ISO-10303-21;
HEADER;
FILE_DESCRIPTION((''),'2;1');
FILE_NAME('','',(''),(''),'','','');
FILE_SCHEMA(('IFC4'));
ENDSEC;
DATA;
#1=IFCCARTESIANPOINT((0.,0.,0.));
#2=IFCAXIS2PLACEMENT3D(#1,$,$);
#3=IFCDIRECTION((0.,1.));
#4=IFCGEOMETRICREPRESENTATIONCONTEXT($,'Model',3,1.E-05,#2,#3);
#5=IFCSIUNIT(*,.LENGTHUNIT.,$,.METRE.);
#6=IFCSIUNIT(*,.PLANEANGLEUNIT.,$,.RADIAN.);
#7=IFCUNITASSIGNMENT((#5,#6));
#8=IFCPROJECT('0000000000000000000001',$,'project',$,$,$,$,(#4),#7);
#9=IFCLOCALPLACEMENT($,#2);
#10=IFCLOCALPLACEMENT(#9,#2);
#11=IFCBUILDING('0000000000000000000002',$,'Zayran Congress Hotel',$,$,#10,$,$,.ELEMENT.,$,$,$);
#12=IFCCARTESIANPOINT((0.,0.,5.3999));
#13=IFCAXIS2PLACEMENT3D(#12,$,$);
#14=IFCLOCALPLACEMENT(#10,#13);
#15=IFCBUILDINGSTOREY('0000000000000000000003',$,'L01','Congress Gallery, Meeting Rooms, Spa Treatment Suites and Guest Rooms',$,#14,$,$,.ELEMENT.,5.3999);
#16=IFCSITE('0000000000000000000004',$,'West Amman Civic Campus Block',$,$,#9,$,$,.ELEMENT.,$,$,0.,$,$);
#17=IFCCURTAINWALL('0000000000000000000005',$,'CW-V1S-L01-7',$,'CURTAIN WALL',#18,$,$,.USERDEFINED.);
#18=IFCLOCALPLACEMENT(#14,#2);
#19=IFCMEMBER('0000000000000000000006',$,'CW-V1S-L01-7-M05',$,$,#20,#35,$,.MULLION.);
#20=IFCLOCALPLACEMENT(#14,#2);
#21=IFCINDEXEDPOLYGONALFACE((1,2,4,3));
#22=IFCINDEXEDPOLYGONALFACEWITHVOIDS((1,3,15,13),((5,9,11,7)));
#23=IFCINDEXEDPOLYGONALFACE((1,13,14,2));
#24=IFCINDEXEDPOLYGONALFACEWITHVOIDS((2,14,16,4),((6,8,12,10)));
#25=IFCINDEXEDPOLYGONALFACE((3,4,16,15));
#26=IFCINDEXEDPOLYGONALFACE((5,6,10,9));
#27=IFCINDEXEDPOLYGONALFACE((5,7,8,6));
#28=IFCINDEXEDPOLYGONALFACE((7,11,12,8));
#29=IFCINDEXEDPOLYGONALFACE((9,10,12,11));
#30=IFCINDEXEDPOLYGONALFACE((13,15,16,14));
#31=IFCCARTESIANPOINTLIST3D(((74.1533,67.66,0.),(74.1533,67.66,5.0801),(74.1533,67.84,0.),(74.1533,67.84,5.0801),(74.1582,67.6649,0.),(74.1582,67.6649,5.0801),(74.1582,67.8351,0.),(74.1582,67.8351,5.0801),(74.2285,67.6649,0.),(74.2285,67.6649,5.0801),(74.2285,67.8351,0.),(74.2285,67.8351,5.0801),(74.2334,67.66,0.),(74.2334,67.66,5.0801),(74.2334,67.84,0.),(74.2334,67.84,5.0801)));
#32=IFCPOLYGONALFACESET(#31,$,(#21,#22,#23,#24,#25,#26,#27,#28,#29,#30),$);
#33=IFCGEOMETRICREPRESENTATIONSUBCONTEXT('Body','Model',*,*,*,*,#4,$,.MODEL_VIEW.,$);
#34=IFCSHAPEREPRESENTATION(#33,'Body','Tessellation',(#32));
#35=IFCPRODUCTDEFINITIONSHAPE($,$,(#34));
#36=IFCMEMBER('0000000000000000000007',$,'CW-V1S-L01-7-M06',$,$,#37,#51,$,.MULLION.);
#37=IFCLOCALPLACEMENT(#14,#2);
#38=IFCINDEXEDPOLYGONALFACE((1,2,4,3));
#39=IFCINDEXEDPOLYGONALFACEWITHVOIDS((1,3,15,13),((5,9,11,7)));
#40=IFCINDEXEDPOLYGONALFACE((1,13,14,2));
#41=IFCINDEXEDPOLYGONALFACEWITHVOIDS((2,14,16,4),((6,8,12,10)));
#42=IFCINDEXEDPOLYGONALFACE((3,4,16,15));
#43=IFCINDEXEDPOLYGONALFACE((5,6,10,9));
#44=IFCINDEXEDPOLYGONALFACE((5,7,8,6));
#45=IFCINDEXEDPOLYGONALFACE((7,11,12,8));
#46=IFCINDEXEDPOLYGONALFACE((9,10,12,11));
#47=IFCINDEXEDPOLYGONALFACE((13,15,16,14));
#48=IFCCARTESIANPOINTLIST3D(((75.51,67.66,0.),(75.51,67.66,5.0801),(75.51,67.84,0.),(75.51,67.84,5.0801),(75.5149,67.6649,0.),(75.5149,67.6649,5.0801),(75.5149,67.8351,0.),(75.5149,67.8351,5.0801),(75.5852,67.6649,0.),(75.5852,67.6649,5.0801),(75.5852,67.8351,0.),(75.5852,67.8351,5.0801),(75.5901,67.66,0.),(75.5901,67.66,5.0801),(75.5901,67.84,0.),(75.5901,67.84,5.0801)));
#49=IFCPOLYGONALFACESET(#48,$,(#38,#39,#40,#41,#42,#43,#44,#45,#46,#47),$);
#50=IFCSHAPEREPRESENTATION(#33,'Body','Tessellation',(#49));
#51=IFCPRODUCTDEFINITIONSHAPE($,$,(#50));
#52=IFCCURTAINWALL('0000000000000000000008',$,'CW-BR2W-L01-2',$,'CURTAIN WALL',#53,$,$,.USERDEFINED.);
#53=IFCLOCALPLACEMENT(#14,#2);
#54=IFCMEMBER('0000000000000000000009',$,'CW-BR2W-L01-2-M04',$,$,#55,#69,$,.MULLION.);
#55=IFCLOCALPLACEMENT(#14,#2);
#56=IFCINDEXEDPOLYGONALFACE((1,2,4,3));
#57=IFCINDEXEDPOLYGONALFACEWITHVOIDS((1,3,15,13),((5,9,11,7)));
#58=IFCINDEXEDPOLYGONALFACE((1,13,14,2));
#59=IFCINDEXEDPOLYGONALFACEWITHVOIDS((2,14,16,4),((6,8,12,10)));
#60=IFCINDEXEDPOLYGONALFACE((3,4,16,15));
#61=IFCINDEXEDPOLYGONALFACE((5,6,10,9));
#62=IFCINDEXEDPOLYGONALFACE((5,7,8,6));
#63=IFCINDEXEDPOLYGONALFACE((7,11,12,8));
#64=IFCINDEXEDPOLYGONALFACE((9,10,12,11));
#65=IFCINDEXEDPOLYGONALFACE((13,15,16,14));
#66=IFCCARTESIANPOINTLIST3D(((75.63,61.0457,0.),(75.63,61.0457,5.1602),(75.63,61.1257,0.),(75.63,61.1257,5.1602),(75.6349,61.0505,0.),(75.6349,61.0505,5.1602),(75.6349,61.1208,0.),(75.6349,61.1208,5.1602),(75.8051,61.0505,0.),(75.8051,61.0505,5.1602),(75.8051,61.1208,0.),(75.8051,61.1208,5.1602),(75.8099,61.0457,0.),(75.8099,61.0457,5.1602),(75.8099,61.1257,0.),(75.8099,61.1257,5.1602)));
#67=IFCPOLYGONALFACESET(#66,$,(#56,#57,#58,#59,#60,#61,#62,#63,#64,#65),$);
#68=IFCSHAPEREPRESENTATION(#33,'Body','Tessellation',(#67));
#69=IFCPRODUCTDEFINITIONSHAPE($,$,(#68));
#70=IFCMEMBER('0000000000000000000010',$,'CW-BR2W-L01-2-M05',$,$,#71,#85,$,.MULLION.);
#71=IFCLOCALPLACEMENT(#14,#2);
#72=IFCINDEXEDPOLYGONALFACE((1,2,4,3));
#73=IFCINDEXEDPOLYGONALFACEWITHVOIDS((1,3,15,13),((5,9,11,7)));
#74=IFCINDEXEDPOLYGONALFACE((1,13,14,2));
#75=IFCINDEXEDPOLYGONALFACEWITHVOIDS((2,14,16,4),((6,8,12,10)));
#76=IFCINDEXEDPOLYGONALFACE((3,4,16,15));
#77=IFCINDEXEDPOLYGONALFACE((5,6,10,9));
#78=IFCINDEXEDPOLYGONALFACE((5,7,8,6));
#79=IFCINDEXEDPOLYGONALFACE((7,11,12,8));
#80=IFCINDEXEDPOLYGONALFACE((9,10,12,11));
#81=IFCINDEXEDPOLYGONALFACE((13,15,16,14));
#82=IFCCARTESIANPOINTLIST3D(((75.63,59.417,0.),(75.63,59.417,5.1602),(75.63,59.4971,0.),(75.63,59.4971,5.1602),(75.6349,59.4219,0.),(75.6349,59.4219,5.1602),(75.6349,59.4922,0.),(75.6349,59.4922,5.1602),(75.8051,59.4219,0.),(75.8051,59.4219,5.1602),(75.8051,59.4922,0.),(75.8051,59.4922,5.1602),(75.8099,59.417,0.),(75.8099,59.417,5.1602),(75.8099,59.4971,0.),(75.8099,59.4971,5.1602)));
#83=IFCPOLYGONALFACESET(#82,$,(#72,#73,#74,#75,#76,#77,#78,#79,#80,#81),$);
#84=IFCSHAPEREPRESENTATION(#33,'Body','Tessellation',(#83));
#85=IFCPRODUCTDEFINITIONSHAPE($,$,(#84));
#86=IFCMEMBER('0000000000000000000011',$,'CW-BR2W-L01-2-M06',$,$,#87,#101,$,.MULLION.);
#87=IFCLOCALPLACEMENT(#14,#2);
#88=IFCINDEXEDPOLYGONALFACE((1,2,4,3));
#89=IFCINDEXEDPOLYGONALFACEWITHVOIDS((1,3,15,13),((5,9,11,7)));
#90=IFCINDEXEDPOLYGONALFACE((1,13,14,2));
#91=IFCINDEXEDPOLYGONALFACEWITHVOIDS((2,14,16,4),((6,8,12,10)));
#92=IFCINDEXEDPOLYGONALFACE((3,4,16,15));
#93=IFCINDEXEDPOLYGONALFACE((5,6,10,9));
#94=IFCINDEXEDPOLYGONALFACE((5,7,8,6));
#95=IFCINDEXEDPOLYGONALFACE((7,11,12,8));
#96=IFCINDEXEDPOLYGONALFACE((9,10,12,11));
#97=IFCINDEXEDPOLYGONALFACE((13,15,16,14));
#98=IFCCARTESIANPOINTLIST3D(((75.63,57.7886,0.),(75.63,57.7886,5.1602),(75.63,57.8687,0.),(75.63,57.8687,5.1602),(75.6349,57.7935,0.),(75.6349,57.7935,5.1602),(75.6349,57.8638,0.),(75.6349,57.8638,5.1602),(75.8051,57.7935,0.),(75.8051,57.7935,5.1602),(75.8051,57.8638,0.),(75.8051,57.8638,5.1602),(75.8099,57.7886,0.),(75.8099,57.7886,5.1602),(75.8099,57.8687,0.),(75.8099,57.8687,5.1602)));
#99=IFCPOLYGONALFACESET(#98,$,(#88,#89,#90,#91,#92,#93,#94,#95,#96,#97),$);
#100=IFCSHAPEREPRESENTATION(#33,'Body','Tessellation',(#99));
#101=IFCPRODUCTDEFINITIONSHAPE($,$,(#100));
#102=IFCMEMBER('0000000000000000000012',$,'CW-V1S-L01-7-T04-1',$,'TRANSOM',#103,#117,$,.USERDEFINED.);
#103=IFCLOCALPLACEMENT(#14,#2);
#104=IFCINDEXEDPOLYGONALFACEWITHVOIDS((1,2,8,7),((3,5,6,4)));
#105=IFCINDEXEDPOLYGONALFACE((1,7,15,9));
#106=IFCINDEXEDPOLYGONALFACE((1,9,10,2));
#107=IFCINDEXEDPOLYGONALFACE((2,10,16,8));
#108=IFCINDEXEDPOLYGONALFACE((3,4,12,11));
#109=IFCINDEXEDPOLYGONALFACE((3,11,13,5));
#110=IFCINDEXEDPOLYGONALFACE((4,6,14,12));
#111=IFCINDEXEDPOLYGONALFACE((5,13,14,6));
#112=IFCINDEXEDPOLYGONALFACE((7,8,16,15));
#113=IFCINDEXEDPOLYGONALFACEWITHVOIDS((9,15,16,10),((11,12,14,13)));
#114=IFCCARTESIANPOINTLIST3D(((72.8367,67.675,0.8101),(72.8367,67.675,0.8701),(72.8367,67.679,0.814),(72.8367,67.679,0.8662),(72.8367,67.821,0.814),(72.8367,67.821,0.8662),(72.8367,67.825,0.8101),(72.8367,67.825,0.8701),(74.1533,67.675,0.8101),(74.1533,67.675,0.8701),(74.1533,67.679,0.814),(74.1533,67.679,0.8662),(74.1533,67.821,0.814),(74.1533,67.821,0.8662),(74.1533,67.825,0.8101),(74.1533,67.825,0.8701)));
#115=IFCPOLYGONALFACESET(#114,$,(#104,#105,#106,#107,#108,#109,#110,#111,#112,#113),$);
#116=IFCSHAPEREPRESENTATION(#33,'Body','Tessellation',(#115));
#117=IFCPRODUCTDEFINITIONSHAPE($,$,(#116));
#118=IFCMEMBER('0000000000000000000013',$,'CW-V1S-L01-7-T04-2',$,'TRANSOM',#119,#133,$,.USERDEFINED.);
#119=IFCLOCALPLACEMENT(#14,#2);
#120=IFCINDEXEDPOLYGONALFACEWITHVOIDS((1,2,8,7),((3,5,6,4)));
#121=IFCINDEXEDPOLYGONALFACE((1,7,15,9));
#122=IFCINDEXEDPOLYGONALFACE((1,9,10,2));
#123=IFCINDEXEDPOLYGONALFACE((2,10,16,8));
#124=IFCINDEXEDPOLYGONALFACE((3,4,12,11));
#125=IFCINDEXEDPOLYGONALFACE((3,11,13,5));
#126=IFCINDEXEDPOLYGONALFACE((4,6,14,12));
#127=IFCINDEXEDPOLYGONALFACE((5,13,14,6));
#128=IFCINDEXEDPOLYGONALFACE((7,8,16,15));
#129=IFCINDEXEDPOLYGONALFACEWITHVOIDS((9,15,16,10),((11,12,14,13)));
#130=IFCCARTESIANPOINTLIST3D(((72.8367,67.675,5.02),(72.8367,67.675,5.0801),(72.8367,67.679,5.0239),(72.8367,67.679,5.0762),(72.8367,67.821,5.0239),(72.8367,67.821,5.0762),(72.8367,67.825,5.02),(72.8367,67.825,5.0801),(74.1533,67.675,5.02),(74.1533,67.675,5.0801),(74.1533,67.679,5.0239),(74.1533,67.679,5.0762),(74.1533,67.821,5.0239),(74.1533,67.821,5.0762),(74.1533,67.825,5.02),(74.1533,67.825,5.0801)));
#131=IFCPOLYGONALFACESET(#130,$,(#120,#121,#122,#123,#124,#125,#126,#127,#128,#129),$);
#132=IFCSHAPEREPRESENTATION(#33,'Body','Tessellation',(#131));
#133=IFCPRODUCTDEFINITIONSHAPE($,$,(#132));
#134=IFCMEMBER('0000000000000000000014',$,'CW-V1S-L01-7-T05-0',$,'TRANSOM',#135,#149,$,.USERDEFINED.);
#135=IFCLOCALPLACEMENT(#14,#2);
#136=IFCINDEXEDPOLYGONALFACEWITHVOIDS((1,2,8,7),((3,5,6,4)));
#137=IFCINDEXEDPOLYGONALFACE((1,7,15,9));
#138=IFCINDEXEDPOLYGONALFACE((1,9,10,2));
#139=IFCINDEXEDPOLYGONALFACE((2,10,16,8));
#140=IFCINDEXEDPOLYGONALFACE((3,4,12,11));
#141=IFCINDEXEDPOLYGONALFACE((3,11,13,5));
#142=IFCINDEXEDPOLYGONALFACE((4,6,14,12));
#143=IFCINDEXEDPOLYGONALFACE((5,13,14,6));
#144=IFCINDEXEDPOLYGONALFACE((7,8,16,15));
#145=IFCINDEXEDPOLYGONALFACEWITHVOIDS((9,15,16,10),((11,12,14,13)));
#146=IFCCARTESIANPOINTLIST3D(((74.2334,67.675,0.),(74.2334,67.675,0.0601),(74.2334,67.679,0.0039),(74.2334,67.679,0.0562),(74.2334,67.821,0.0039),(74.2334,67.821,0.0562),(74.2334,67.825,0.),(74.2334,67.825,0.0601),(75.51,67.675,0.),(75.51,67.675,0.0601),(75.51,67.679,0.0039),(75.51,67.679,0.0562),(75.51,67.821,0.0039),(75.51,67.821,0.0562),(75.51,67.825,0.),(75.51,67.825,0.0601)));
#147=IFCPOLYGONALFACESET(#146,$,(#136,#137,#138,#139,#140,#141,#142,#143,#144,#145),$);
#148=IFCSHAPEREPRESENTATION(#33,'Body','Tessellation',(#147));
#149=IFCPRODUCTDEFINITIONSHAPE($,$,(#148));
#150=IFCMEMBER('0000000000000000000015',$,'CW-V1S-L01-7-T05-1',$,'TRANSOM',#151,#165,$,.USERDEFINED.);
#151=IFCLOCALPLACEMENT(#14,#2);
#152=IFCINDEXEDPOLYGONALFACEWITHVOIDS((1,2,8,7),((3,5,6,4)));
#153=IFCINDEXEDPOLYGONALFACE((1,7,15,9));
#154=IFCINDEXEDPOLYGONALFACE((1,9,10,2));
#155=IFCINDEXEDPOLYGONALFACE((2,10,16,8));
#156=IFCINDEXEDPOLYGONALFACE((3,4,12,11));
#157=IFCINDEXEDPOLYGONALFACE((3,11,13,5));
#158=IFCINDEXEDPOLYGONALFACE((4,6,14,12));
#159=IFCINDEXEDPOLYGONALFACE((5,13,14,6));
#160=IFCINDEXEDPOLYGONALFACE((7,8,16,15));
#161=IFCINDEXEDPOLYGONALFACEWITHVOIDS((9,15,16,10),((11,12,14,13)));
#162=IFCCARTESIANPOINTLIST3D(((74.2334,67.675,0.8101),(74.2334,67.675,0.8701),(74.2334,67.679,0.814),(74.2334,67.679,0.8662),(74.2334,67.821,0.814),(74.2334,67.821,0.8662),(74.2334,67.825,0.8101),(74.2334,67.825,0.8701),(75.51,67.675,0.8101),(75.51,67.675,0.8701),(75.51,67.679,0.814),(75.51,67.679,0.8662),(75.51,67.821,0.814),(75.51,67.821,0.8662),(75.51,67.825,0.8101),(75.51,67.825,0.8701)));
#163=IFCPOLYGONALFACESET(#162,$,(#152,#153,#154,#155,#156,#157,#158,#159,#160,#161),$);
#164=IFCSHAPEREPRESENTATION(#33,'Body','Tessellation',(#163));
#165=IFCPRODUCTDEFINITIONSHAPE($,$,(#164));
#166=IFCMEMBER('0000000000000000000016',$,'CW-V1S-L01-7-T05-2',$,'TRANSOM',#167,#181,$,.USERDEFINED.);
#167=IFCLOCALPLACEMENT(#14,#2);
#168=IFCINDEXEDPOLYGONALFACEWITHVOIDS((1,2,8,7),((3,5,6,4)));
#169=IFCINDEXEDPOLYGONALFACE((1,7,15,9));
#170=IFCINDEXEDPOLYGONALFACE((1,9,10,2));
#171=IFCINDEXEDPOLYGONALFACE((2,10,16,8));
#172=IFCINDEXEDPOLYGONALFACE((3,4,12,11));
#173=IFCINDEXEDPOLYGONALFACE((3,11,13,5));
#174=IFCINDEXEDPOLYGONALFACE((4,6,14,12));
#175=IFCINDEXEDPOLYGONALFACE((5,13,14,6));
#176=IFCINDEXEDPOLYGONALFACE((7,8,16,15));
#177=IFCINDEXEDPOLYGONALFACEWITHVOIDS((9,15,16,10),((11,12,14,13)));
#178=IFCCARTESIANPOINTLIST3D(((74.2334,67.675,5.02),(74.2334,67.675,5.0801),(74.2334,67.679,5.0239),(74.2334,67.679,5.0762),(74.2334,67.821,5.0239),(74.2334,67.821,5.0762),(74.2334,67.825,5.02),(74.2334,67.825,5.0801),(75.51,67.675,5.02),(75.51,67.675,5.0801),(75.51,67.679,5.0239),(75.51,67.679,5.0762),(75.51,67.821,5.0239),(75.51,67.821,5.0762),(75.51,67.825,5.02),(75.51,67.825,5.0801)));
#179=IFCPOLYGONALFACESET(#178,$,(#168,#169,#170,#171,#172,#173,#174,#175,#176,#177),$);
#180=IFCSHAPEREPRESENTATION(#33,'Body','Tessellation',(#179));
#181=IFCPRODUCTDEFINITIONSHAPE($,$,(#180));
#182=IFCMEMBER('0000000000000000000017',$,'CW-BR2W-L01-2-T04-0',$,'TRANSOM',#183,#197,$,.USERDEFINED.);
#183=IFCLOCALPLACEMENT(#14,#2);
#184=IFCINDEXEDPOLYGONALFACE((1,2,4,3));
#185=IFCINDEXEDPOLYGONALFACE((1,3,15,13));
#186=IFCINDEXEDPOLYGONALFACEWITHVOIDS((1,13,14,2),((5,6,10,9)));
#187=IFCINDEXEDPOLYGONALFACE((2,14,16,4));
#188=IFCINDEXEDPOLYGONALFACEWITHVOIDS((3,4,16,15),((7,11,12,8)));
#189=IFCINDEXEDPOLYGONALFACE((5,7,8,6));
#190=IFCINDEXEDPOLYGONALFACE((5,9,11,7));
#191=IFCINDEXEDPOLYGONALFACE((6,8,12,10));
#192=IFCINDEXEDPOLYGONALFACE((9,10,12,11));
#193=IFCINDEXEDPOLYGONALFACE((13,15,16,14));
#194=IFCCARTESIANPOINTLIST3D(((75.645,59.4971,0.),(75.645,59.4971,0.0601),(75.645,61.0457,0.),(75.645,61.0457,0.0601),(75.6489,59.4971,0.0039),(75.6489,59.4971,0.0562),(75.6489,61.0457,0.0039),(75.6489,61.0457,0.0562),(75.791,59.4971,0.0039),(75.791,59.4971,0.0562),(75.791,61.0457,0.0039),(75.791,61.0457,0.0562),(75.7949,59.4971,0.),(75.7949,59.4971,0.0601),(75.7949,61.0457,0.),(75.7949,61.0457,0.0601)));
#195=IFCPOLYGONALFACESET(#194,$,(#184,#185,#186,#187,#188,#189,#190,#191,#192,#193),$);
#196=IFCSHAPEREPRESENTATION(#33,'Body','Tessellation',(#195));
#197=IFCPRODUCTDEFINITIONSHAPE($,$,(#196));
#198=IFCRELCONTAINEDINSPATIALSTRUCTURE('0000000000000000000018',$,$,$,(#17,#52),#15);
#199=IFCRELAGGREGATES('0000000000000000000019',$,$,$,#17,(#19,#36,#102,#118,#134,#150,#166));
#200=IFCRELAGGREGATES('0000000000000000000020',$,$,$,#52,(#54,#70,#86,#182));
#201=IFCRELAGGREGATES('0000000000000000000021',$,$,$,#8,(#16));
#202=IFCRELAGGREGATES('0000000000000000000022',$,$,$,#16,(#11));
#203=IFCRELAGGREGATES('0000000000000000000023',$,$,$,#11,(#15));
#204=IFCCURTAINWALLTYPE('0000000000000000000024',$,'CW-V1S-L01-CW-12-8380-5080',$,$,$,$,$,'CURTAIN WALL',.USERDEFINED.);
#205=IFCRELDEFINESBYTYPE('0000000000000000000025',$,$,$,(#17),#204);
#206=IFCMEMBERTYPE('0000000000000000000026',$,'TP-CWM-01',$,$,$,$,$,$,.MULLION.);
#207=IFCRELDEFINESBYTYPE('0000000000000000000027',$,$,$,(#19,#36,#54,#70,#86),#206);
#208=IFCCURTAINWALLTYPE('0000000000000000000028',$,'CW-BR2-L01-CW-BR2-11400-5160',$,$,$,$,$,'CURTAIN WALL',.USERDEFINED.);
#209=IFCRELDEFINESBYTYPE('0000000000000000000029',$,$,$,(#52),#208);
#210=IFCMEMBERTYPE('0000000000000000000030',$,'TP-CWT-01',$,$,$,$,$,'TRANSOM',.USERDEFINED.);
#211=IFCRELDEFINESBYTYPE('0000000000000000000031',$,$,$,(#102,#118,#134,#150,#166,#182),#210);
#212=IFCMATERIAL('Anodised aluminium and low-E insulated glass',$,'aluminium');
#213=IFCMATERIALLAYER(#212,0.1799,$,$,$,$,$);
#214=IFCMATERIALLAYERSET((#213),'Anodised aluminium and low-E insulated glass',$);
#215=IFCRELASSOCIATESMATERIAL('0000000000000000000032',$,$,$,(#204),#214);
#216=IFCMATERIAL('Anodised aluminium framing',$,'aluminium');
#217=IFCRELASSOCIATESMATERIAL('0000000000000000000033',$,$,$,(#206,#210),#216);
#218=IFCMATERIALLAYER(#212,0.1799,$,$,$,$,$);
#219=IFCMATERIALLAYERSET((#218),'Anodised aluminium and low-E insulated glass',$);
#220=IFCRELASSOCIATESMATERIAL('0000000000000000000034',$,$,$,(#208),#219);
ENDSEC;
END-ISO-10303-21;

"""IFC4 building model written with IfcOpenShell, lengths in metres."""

from ifc_helpers import new_model, si_unit, direction, frame, origin, origin_2d, place, context, subcontext, project, spatial, hollow_rectangle, extrude, material, layer, layer_set, material_profile, profile_set, type_object, element, aggregate, save


model = new_model("IFC4")

# Units and contexts
model_context = context("Model", 3, precision=1e-05, world=origin(), true_north=direction((0.0, 1.0)))
body_context = subcontext(model_context, "Body", "Model", "MODEL_VIEW")
ifc_project = project(units=[si_unit("LENGTHUNIT", "METRE"), si_unit("PLANEANGLEUNIT", "RADIAN")], contexts=[model_context])

# Site, building, storey
site_placement = place(None, origin())
site = spatial("IfcSite", under=ifc_project, at=site_placement, Name="West Amman Civic Campus Block", CompositionType="ELEMENT", RefElevation=0.0)
building_placement = place(site_placement, origin())
building = spatial("IfcBuilding", under=site, at=building_placement, Name="Zayran Congress Hotel", CompositionType="ELEMENT")
storey_placement = place(building_placement, frame((0.0, 0.0, 5.3999)))
storey = spatial("IfcBuildingStorey", under=building, at=storey_placement, Name="L01", Description="Congress Gallery, Meeting Rooms, Spa Treatment Suites and Guest Rooms", CompositionType="ELEMENT", Elevation=5.3999)

# Curtain walls, members
ifc_material_1 = material(Name="Anodised aluminium and low-E insulated glass", Category="aluminium")
ifc_layer_1 = layer(ifc_material_1, 0.1799)
ifc_layer_set_1 = layer_set([ifc_layer_1], Name="Anodised aluminium and low-E insulated glass")
curtain_wall_type_1 = type_object("IfcCurtainWallType", Name="CW-V1S-L01-CW-12-8380-5080", ElementType="CURTAIN WALL", PredefinedType="USERDEFINED", material=ifc_layer_set_1)
curtain_wall_1_placement = place(storey_placement, origin())
curtain_wall_1 = element("IfcCurtainWall", 1, at=curtain_wall_1_placement, inside=storey, type_object=curtain_wall_type_1, Name="CW-V1S-L01-7", ObjectType="CURTAIN WALL", PredefinedType="USERDEFINED")
ifc_material_2 = material(Name="Anodised aluminium framing", Category="aluminium")
ifc_material_profile_1 = material_profile(ifc_material_2, hollow_rectangle(XDim=0.0801, YDim=0.1799, WallThickness=0.0049, at=origin_2d()), Name="RHS 180x80x5")
ifc_profile_set_1 = profile_set([ifc_material_profile_1], Name="Anodised aluminium framing")
member_type_1 = type_object("IfcMemberType", Name="TP-CWM-01", PredefinedType="MULLION", material=ifc_profile_set_1)
member_1_placement = place(storey_placement, frame((74.1934, 67.75, 0.0), z_axis=(0.0, 0.0, 1.0), x_axis=(1.0, 0.0, 0.0)))
member_1 = element("IfcMember", 2, at=member_1_placement, type_object=member_type_1, Name="CW-V1S-L01-7-M05", PredefinedType="MULLION", context=body_context, shape_type="SweptSolid", body=[
    extrude(hollow_rectangle(XDim=0.0801, YDim=0.1799, WallThickness=0.0049, at=origin_2d()), origin(), (0.0, 0.0, 1.0), 5.0801),
])
member_2_placement = place(storey_placement, frame((75.55, 67.75, 0.0), z_axis=(0.0, 0.0, 1.0), x_axis=(1.0, 0.0, 0.0)))
member_2 = element("IfcMember", 3, at=member_2_placement, type_object=member_type_1, Name="CW-V1S-L01-7-M06", PredefinedType="MULLION", context=body_context, shape_type="SweptSolid", body=[
    extrude(hollow_rectangle(XDim=0.0801, YDim=0.1799, WallThickness=0.0049, at=origin_2d()), origin(), (0.0, 0.0, 1.0), 5.0801),
])
ifc_layer_2 = layer(ifc_material_1, 0.1799)
ifc_layer_set_2 = layer_set([ifc_layer_2], Name="Anodised aluminium and low-E insulated glass")
curtain_wall_type_2 = type_object("IfcCurtainWallType", Name="CW-BR2-L01-CW-BR2-11400-5160", ElementType="CURTAIN WALL", PredefinedType="USERDEFINED", material=ifc_layer_set_2)
curtain_wall_2_placement = place(storey_placement, origin())
curtain_wall_2 = element("IfcCurtainWall", 4, at=curtain_wall_2_placement, inside=storey, type_object=curtain_wall_type_2, Name="CW-BR2W-L01-2", ObjectType="CURTAIN WALL", PredefinedType="USERDEFINED")
member_3_placement = place(storey_placement, frame((75.72, 61.0857, 0.0), z_axis=(0.0, 0.0, 1.0), x_axis=(0.0, 1.0, 0.0)))
member_3 = element("IfcMember", 5, at=member_3_placement, type_object=member_type_1, Name="CW-BR2W-L01-2-M04", PredefinedType="MULLION", context=body_context, shape_type="SweptSolid", body=[
    extrude(hollow_rectangle(XDim=0.0801, YDim=0.1799, WallThickness=0.0049, at=origin_2d()), origin(), (0.0, 0.0, 1.0), 5.1602),
])
member_4_placement = place(storey_placement, frame((75.72, 59.457, 0.0), z_axis=(0.0, 0.0, 1.0), x_axis=(0.0, 1.0, 0.0)))
member_4 = element("IfcMember", 6, at=member_4_placement, type_object=member_type_1, Name="CW-BR2W-L01-2-M05", PredefinedType="MULLION", context=body_context, shape_type="SweptSolid", body=[
    extrude(hollow_rectangle(XDim=0.0801, YDim=0.1799, WallThickness=0.0049, at=origin_2d()), origin(), (0.0, 0.0, 1.0), 5.1602),
])
member_5_placement = place(storey_placement, frame((75.72, 57.8286, 0.0), z_axis=(0.0, 0.0, 1.0), x_axis=(0.0, 1.0, 0.0)))
member_5 = element("IfcMember", 7, at=member_5_placement, type_object=member_type_1, Name="CW-BR2W-L01-2-M06", PredefinedType="MULLION", context=body_context, shape_type="SweptSolid", body=[
    extrude(hollow_rectangle(XDim=0.0801, YDim=0.1799, WallThickness=0.0049, at=origin_2d()), origin(), (0.0, 0.0, 1.0), 5.1602),
])

# Members
ifc_material_profile_2 = material_profile(ifc_material_2, hollow_rectangle(XDim=0.0601, YDim=0.1499, WallThickness=0.0039, at=origin_2d()), Name="RHS 150x60x4")
ifc_profile_set_2 = profile_set([ifc_material_profile_2], Name="Anodised aluminium framing")
member_type_2 = type_object("IfcMemberType", Name="TP-CWT-01", ElementType="TRANSOM", PredefinedType="USERDEFINED", material=ifc_profile_set_2)
member_6_placement = place(storey_placement, frame((72.8367, 67.75, 0.8401), z_axis=(1.0, 0.0, 0.0), x_axis=(0.0, 0.0, 1.0)))
member_6 = element("IfcMember", 8, at=member_6_placement, type_object=member_type_2, Name="CW-V1S-L01-7-T04-1", ObjectType="TRANSOM", PredefinedType="USERDEFINED", context=body_context, shape_type="SweptSolid", body=[
    extrude(hollow_rectangle(XDim=0.0601, YDim=0.1499, WallThickness=0.0039, at=origin_2d()), origin(), (0.0, 0.0, 1.0), 1.3167),
])
member_7_placement = place(storey_placement, frame((72.8367, 67.75, 5.05), z_axis=(1.0, 0.0, 0.0), x_axis=(0.0, 0.0, 1.0)))
member_7 = element("IfcMember", 9, at=member_7_placement, type_object=member_type_2, Name="CW-V1S-L01-7-T04-2", ObjectType="TRANSOM", PredefinedType="USERDEFINED", context=body_context, shape_type="SweptSolid", body=[
    extrude(hollow_rectangle(XDim=0.0601, YDim=0.1499, WallThickness=0.0039, at=origin_2d()), origin(), (0.0, 0.0, 1.0), 1.3167),
])
member_8_placement = place(storey_placement, frame((74.2334, 67.75, 0.03), z_axis=(1.0, 0.0, 0.0), x_axis=(0.0, 0.0, 1.0)))
member_8 = element("IfcMember", 10, at=member_8_placement, type_object=member_type_2, Name="CW-V1S-L01-7-T05-0", ObjectType="TRANSOM", PredefinedType="USERDEFINED", context=body_context, shape_type="SweptSolid", body=[
    extrude(hollow_rectangle(XDim=0.0601, YDim=0.1499, WallThickness=0.0039, at=origin_2d()), origin(), (0.0, 0.0, 1.0), 1.2766),
])
member_9_placement = place(storey_placement, frame((74.2334, 67.75, 0.8401), z_axis=(1.0, 0.0, 0.0), x_axis=(0.0, 0.0, 1.0)))
member_9 = element("IfcMember", 11, at=member_9_placement, type_object=member_type_2, Name="CW-V1S-L01-7-T05-1", ObjectType="TRANSOM", PredefinedType="USERDEFINED", context=body_context, shape_type="SweptSolid", body=[
    extrude(hollow_rectangle(XDim=0.0601, YDim=0.1499, WallThickness=0.0039, at=origin_2d()), origin(), (0.0, 0.0, 1.0), 1.2766),
])
member_10_placement = place(storey_placement, frame((74.2334, 67.75, 5.05), z_axis=(1.0, 0.0, 0.0), x_axis=(0.0, 0.0, 1.0)))
member_10 = element("IfcMember", 12, at=member_10_placement, type_object=member_type_2, Name="CW-V1S-L01-7-T05-2", ObjectType="TRANSOM", PredefinedType="USERDEFINED", context=body_context, shape_type="SweptSolid", body=[
    extrude(hollow_rectangle(XDim=0.0601, YDim=0.1499, WallThickness=0.0039, at=origin_2d()), origin(), (0.0, 0.0, 1.0), 1.2766),
])
member_11_placement = place(storey_placement, frame((75.72, 61.0457, 0.03), z_axis=(0.0, -1.0, 0.0), x_axis=(0.0, 0.0, 1.0)))
member_11 = element("IfcMember", 13, at=member_11_placement, type_object=member_type_2, Name="CW-BR2W-L01-2-T04-0", ObjectType="TRANSOM", PredefinedType="USERDEFINED", context=body_context, shape_type="SweptSolid", body=[
    extrude(hollow_rectangle(XDim=0.0601, YDim=0.1499, WallThickness=0.0039, at=origin_2d()), origin(), (0.0, 0.0, 1.0), 1.5486),
])

aggregate(curtain_wall_1, [member_1, member_2, member_6, member_7, member_8, member_9, member_10])
aggregate(curtain_wall_2, [member_3, member_4, member_5, member_11])

save(model, "model.ifc")
